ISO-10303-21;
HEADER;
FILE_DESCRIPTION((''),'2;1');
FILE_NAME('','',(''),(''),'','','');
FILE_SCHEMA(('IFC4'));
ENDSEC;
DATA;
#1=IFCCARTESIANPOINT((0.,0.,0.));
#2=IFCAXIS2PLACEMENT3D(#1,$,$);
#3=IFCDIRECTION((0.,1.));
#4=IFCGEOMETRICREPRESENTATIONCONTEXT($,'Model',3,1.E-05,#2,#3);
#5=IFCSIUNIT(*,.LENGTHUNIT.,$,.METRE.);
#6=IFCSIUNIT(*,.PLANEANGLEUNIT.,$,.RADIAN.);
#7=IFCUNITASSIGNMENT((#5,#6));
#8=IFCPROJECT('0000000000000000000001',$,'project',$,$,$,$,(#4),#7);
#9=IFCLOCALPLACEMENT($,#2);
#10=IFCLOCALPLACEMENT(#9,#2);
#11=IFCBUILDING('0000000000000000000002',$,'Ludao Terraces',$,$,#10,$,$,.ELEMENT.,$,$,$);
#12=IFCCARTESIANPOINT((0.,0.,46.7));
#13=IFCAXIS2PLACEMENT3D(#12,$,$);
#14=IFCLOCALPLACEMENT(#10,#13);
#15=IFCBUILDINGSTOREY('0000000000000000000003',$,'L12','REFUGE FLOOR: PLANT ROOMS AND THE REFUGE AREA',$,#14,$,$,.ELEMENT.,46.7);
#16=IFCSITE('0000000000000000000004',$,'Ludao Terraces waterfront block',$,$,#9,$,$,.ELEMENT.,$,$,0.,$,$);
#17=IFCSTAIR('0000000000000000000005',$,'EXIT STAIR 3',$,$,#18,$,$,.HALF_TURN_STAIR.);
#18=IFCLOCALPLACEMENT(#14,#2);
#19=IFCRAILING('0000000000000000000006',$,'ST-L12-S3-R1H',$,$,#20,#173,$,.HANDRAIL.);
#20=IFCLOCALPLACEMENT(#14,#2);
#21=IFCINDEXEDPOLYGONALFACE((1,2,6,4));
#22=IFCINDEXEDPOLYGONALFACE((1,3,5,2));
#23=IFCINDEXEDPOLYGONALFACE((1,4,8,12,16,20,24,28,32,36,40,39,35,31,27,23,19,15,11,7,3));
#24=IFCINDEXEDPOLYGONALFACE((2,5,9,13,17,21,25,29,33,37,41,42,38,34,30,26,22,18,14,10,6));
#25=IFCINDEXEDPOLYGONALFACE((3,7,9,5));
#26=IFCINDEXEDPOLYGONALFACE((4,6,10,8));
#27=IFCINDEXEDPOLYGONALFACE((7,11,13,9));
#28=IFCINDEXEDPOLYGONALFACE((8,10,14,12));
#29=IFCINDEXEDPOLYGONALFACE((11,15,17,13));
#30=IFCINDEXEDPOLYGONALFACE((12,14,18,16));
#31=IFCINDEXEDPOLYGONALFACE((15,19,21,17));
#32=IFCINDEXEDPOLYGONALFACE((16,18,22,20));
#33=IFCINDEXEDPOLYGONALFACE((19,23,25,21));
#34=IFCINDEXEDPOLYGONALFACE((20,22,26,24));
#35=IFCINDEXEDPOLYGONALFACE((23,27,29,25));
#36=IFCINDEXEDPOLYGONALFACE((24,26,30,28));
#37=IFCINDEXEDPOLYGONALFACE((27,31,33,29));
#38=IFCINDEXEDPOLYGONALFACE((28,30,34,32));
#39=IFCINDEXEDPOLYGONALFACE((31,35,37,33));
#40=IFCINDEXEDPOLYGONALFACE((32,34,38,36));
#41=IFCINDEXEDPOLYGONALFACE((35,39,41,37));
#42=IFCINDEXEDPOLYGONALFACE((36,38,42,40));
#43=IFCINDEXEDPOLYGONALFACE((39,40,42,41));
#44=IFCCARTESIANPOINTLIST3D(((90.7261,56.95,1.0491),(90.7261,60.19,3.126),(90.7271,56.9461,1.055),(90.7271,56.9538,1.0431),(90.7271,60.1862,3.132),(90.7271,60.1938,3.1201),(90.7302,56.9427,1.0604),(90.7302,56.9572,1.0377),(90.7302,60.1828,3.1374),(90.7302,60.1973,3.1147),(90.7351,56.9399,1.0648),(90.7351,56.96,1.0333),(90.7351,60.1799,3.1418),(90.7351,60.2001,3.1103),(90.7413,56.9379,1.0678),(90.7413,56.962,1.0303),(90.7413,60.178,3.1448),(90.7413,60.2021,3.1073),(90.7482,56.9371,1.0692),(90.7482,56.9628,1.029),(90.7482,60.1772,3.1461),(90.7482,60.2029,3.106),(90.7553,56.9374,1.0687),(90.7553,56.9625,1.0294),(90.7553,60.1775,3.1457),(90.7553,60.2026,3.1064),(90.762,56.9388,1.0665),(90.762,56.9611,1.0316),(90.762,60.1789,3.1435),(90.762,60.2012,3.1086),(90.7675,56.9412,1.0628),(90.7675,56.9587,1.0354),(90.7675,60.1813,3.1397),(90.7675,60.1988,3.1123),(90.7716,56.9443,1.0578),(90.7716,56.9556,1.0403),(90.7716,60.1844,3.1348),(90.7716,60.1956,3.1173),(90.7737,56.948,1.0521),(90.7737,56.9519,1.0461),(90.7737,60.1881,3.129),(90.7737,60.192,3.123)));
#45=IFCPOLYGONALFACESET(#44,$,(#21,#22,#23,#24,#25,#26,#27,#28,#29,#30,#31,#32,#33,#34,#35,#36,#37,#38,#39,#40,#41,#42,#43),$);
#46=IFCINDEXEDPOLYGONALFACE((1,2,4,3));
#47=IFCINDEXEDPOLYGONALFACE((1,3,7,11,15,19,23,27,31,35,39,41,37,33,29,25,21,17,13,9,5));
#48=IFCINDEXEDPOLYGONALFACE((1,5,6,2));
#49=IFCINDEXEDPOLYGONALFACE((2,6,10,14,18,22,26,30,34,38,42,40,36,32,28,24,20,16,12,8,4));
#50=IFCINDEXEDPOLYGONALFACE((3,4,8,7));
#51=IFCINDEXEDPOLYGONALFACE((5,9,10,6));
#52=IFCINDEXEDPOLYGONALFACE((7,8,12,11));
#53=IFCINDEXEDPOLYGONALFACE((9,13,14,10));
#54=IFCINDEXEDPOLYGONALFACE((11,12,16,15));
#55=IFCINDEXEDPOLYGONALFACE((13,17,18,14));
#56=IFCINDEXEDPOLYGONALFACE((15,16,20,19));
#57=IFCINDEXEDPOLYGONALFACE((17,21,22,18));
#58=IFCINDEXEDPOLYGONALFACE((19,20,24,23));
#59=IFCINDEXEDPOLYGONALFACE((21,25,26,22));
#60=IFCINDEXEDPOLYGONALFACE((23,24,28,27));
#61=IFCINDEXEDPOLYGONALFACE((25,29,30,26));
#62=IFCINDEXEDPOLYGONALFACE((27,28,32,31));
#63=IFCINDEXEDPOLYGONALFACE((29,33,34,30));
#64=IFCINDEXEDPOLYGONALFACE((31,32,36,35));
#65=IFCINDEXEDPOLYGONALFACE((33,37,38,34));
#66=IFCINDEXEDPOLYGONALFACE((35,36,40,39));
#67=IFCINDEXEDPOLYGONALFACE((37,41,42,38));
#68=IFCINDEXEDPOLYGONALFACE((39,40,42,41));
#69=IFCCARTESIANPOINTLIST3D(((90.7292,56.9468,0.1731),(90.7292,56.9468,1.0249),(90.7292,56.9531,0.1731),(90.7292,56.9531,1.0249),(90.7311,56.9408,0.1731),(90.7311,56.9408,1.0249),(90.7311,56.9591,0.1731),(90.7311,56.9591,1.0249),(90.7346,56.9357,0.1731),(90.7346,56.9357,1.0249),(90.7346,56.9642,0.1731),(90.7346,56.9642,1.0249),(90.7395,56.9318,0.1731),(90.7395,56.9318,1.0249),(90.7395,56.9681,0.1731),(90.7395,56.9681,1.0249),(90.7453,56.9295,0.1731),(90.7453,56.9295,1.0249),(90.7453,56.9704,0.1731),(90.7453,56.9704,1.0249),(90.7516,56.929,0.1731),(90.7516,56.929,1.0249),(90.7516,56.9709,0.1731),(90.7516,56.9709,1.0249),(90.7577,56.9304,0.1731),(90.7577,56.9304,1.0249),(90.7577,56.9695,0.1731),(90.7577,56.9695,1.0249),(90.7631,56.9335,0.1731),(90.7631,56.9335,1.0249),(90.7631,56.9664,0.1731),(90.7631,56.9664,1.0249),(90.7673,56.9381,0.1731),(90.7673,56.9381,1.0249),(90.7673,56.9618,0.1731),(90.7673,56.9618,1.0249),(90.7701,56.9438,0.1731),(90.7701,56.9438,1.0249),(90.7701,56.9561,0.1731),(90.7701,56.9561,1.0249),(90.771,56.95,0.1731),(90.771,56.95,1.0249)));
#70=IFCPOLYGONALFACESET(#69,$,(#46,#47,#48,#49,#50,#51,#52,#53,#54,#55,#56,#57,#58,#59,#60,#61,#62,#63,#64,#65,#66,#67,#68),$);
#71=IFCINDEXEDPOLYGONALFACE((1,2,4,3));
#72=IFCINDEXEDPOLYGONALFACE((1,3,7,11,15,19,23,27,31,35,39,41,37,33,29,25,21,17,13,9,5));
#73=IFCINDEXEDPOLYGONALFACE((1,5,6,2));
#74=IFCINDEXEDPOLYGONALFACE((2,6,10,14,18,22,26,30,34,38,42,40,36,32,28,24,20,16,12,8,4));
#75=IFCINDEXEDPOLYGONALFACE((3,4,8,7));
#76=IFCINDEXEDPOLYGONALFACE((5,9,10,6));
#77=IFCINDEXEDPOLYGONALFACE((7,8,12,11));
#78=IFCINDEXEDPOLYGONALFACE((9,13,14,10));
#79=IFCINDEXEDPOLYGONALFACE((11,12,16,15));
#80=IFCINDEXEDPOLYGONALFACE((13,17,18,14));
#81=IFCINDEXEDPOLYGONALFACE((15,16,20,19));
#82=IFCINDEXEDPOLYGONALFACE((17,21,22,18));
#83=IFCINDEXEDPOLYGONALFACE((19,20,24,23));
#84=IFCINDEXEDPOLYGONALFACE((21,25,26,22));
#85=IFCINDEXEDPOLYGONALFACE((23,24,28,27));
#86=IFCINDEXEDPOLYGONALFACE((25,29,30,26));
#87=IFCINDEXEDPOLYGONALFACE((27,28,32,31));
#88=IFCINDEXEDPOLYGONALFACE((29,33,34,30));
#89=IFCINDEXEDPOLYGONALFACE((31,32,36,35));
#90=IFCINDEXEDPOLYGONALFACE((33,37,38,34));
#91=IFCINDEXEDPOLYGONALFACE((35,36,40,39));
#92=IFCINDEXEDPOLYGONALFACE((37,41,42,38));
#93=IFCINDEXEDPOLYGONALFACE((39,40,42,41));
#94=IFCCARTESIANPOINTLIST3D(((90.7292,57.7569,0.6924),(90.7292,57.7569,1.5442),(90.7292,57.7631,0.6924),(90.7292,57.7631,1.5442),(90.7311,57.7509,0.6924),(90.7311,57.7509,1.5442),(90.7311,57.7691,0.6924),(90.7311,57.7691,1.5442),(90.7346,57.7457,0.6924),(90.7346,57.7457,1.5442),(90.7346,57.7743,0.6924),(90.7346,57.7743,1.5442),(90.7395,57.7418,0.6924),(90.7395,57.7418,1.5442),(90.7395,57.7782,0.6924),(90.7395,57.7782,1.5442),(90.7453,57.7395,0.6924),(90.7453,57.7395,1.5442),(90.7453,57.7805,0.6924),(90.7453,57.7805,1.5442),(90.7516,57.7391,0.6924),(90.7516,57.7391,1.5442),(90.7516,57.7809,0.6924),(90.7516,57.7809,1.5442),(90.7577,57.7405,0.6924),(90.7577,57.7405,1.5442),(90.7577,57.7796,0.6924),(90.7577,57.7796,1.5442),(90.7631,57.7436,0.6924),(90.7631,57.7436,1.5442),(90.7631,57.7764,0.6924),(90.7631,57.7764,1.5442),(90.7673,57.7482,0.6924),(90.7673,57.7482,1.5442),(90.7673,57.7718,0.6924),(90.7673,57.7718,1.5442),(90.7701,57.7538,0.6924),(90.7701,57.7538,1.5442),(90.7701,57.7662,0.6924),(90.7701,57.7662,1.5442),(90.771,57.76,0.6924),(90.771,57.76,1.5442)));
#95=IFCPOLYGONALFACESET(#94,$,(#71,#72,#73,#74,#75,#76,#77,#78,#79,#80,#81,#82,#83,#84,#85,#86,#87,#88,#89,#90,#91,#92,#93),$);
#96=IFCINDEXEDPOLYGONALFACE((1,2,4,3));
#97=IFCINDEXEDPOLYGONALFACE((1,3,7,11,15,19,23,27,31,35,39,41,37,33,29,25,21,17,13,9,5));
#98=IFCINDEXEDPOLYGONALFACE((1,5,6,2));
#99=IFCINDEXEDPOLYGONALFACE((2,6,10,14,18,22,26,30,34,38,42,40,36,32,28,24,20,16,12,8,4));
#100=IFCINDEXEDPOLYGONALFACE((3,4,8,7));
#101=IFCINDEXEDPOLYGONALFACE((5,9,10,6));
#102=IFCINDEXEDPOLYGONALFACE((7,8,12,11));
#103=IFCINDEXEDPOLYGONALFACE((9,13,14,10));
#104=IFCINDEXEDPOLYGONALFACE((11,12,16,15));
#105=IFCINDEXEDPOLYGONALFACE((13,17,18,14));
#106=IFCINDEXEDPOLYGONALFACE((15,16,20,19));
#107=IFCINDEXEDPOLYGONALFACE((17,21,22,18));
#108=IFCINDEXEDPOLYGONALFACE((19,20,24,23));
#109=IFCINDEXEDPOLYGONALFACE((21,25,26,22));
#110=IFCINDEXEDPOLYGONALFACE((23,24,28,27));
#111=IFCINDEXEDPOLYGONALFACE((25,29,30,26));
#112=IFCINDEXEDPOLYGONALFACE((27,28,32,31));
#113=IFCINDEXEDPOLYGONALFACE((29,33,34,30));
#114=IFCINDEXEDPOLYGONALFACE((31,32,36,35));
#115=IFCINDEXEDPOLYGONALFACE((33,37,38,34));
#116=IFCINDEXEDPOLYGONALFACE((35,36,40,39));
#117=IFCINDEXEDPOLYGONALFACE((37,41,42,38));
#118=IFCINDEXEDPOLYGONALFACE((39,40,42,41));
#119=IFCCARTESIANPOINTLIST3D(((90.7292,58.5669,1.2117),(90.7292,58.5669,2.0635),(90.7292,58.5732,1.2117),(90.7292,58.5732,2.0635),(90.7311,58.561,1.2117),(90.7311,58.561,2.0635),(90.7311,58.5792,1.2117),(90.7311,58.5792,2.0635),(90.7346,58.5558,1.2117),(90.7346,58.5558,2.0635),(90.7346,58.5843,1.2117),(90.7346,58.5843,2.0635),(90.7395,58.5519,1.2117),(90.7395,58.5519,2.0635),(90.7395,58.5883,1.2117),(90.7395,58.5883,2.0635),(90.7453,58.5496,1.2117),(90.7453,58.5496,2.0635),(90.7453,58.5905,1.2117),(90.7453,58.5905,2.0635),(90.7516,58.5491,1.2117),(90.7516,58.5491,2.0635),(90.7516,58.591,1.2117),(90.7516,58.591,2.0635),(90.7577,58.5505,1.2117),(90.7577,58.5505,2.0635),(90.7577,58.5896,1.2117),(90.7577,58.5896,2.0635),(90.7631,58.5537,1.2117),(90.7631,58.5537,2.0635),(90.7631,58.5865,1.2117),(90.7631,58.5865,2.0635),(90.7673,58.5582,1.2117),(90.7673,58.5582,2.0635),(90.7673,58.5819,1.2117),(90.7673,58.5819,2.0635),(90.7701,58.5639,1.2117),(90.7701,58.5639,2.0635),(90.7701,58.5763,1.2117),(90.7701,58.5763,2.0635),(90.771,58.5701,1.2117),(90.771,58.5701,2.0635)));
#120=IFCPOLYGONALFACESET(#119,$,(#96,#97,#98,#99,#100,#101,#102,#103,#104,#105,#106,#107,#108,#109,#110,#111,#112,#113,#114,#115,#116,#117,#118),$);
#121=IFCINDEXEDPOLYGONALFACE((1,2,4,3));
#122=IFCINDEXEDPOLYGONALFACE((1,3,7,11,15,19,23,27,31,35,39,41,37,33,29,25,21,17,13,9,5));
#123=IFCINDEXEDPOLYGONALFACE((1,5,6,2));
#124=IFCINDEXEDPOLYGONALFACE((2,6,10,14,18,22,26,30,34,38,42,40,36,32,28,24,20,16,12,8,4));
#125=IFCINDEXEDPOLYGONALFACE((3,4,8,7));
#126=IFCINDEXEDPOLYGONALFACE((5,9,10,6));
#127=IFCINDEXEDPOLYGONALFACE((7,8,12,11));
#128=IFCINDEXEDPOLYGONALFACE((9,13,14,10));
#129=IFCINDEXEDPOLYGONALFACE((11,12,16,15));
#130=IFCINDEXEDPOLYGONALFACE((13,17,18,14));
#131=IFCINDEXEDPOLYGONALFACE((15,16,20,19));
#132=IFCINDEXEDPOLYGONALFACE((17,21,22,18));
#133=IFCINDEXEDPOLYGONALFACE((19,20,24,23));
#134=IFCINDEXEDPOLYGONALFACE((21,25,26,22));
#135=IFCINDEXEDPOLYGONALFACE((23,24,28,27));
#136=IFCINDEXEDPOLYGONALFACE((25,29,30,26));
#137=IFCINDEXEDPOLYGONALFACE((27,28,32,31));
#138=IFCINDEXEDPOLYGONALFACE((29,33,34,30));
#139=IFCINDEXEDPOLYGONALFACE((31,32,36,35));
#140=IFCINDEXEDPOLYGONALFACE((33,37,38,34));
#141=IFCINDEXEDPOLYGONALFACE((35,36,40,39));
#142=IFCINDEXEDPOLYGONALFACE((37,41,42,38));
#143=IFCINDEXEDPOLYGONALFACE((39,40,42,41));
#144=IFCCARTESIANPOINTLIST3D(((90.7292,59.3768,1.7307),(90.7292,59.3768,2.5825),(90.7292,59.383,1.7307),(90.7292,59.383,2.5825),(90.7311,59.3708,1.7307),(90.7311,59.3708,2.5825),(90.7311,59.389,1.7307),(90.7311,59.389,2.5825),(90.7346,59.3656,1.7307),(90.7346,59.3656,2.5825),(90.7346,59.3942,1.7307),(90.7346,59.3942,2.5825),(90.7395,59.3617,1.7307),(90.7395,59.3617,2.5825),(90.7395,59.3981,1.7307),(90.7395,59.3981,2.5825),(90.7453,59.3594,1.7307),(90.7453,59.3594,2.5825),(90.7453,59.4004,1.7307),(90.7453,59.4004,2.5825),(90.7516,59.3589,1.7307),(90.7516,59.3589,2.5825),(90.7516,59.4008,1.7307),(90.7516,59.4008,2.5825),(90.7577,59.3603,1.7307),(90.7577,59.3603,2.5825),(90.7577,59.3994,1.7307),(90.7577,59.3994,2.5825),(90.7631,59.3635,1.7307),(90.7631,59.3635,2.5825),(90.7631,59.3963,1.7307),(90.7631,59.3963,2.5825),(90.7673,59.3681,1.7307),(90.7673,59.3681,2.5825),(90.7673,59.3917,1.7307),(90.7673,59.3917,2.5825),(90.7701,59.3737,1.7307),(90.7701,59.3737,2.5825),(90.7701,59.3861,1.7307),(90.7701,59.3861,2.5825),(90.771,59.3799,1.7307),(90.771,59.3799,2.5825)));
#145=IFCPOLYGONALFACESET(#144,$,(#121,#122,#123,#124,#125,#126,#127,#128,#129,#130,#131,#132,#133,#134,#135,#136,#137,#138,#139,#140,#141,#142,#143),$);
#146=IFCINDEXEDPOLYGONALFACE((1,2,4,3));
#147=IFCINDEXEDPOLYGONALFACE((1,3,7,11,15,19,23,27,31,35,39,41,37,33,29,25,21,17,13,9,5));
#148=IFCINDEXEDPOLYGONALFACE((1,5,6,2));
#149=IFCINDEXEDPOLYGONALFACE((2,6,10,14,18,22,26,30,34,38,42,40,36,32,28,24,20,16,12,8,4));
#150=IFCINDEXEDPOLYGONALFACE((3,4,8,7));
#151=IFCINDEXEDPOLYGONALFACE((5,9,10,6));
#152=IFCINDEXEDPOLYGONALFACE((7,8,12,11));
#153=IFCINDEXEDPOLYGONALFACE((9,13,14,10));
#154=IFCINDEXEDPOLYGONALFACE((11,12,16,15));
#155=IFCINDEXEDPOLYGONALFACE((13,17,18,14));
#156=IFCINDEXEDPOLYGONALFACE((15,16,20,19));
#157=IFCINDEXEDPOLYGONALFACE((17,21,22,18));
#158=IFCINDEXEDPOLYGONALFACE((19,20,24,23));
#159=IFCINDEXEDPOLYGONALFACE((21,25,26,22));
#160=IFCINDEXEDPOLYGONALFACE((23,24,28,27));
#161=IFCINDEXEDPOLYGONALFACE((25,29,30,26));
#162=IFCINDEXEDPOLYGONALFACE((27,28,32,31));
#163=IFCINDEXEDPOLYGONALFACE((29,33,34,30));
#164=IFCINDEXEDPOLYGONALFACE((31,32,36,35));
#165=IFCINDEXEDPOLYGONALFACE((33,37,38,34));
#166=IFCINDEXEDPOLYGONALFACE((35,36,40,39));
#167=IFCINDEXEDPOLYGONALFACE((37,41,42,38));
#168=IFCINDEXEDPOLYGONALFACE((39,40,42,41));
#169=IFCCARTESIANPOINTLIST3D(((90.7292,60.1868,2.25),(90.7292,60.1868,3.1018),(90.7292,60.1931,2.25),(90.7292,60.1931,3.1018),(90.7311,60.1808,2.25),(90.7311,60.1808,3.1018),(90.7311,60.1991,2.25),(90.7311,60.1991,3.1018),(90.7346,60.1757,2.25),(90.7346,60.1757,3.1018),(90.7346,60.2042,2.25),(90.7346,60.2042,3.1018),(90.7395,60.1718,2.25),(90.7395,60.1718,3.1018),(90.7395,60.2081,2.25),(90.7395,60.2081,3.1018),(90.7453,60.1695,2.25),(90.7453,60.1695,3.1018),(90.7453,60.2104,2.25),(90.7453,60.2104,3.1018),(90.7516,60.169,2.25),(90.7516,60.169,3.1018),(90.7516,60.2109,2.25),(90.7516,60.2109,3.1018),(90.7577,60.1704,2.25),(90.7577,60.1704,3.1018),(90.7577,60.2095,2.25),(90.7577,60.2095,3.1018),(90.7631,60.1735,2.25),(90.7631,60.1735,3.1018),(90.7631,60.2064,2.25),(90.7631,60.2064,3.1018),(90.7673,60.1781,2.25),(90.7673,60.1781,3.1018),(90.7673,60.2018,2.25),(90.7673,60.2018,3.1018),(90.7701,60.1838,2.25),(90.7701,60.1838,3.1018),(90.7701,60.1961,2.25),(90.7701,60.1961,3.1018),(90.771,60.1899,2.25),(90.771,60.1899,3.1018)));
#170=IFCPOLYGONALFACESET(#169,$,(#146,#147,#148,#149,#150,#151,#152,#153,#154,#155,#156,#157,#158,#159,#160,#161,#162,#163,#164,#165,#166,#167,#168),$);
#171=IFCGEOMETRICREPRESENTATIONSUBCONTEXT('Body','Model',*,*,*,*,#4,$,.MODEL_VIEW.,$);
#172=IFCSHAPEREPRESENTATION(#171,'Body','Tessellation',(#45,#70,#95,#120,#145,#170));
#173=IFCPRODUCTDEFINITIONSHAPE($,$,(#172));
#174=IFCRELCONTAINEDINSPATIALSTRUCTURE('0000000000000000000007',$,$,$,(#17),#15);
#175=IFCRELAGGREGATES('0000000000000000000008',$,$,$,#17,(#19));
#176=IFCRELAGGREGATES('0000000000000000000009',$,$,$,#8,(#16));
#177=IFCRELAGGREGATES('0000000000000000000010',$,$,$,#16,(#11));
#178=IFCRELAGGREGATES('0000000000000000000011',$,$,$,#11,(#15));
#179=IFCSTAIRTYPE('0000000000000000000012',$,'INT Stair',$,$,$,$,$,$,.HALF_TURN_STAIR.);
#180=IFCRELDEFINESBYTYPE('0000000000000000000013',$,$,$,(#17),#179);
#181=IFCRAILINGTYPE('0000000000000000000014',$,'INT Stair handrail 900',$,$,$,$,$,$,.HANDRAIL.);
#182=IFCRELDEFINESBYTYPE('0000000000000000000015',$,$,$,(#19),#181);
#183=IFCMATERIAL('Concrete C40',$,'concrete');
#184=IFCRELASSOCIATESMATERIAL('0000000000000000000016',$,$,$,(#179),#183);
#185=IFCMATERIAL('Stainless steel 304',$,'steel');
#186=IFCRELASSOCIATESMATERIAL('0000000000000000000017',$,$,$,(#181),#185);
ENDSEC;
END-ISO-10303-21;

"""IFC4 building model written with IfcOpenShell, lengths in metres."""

from ifc_helpers import new_model, si_unit, direction, frame, origin, origin_2d, place, context, subcontext, project, spatial, circle, extrude, material, type_object, element, aggregate, save


model = new_model("IFC4")

# Units and contexts
model_context = context("Model", 3, precision=1e-05, world=origin(), true_north=direction((0.0, 1.0)))
body_context = subcontext(model_context, "Body", "Model", "MODEL_VIEW")
ifc_project = project(units=[si_unit("LENGTHUNIT", "METRE"), si_unit("PLANEANGLEUNIT", "RADIAN")], contexts=[model_context])

# Site, building, storey
site_placement = place(None, origin())
site = spatial("IfcSite", under=ifc_project, at=site_placement, Name="Ludao Terraces waterfront block", CompositionType="ELEMENT", RefElevation=0.0)
building_placement = place(site_placement, origin())
building = spatial("IfcBuilding", under=site, at=building_placement, Name="Ludao Terraces", CompositionType="ELEMENT")
storey_placement = place(building_placement, frame((0.0, 0.0, 46.7)))
storey = spatial("IfcBuildingStorey", under=building, at=storey_placement, Name="L12", Description="REFUGE FLOOR: PLANT ROOMS AND THE REFUGE AREA", CompositionType="ELEMENT", Elevation=46.7)

# Stair, railing
ifc_material_1 = material(Name="Concrete C40", Category="concrete")
stair_type = type_object("IfcStairType", Name="INT Stair", PredefinedType="HALF_TURN_STAIR", material=ifc_material_1)
stair_placement = place(storey_placement, origin())
stair = element("IfcStair", 1, at=stair_placement, inside=storey, type_object=stair_type, Name="EXIT STAIR 3", PredefinedType="HALF_TURN_STAIR")
ifc_material_2 = material(Name="Stainless steel 304", Category="steel")
railing_type_1 = type_object("IfcRailingType", Name="INT Stair handrail 900", PredefinedType="HANDRAIL", material=ifc_material_2)
railing_1_placement = place(storey_placement, frame((90.75, 56.95, 0.1731)))
railing_1 = element("IfcRailing", 2, at=railing_1_placement, type_object=railing_type_1, Name="ST-L12-S3-R1H", PredefinedType="HANDRAIL", context=body_context, shape_type="SweptSolid", body=[
    extrude(circle(Radius=0.0239, at=origin_2d()), frame((0.0, 0.0, 0.876), z_axis=(0.0, 0.841881, 0.539664), x_axis=(-1.0, 0.0, 0.0)), (0.0, 0.0, 1.0), 3.8486),
    extrude(circle(Radius=0.021, at=origin_2d()), origin(), (0.0, 0.0, 1.0), 0.8518),
    extrude(circle(Radius=0.021, at=origin_2d()), frame((0.0, 0.8101, 0.5193)), (0.0, 0.0, 1.0), 0.8518),
    extrude(circle(Radius=0.021, at=origin_2d()), frame((0.0, 1.6201, 1.0386)), (0.0, 0.0, 1.0), 0.8518),
    extrude(circle(Radius=0.021, at=origin_2d()), frame((0.0, 2.4299, 1.5576)), (0.0, 0.0, 1.0), 0.8518),
    extrude(circle(Radius=0.021, at=origin_2d()), frame((0.0, 3.24, 2.0769)), (0.0, 0.0, 1.0), 0.8518),
])
aggregate(stair, [railing_1])

save(model, "model.ifc")
